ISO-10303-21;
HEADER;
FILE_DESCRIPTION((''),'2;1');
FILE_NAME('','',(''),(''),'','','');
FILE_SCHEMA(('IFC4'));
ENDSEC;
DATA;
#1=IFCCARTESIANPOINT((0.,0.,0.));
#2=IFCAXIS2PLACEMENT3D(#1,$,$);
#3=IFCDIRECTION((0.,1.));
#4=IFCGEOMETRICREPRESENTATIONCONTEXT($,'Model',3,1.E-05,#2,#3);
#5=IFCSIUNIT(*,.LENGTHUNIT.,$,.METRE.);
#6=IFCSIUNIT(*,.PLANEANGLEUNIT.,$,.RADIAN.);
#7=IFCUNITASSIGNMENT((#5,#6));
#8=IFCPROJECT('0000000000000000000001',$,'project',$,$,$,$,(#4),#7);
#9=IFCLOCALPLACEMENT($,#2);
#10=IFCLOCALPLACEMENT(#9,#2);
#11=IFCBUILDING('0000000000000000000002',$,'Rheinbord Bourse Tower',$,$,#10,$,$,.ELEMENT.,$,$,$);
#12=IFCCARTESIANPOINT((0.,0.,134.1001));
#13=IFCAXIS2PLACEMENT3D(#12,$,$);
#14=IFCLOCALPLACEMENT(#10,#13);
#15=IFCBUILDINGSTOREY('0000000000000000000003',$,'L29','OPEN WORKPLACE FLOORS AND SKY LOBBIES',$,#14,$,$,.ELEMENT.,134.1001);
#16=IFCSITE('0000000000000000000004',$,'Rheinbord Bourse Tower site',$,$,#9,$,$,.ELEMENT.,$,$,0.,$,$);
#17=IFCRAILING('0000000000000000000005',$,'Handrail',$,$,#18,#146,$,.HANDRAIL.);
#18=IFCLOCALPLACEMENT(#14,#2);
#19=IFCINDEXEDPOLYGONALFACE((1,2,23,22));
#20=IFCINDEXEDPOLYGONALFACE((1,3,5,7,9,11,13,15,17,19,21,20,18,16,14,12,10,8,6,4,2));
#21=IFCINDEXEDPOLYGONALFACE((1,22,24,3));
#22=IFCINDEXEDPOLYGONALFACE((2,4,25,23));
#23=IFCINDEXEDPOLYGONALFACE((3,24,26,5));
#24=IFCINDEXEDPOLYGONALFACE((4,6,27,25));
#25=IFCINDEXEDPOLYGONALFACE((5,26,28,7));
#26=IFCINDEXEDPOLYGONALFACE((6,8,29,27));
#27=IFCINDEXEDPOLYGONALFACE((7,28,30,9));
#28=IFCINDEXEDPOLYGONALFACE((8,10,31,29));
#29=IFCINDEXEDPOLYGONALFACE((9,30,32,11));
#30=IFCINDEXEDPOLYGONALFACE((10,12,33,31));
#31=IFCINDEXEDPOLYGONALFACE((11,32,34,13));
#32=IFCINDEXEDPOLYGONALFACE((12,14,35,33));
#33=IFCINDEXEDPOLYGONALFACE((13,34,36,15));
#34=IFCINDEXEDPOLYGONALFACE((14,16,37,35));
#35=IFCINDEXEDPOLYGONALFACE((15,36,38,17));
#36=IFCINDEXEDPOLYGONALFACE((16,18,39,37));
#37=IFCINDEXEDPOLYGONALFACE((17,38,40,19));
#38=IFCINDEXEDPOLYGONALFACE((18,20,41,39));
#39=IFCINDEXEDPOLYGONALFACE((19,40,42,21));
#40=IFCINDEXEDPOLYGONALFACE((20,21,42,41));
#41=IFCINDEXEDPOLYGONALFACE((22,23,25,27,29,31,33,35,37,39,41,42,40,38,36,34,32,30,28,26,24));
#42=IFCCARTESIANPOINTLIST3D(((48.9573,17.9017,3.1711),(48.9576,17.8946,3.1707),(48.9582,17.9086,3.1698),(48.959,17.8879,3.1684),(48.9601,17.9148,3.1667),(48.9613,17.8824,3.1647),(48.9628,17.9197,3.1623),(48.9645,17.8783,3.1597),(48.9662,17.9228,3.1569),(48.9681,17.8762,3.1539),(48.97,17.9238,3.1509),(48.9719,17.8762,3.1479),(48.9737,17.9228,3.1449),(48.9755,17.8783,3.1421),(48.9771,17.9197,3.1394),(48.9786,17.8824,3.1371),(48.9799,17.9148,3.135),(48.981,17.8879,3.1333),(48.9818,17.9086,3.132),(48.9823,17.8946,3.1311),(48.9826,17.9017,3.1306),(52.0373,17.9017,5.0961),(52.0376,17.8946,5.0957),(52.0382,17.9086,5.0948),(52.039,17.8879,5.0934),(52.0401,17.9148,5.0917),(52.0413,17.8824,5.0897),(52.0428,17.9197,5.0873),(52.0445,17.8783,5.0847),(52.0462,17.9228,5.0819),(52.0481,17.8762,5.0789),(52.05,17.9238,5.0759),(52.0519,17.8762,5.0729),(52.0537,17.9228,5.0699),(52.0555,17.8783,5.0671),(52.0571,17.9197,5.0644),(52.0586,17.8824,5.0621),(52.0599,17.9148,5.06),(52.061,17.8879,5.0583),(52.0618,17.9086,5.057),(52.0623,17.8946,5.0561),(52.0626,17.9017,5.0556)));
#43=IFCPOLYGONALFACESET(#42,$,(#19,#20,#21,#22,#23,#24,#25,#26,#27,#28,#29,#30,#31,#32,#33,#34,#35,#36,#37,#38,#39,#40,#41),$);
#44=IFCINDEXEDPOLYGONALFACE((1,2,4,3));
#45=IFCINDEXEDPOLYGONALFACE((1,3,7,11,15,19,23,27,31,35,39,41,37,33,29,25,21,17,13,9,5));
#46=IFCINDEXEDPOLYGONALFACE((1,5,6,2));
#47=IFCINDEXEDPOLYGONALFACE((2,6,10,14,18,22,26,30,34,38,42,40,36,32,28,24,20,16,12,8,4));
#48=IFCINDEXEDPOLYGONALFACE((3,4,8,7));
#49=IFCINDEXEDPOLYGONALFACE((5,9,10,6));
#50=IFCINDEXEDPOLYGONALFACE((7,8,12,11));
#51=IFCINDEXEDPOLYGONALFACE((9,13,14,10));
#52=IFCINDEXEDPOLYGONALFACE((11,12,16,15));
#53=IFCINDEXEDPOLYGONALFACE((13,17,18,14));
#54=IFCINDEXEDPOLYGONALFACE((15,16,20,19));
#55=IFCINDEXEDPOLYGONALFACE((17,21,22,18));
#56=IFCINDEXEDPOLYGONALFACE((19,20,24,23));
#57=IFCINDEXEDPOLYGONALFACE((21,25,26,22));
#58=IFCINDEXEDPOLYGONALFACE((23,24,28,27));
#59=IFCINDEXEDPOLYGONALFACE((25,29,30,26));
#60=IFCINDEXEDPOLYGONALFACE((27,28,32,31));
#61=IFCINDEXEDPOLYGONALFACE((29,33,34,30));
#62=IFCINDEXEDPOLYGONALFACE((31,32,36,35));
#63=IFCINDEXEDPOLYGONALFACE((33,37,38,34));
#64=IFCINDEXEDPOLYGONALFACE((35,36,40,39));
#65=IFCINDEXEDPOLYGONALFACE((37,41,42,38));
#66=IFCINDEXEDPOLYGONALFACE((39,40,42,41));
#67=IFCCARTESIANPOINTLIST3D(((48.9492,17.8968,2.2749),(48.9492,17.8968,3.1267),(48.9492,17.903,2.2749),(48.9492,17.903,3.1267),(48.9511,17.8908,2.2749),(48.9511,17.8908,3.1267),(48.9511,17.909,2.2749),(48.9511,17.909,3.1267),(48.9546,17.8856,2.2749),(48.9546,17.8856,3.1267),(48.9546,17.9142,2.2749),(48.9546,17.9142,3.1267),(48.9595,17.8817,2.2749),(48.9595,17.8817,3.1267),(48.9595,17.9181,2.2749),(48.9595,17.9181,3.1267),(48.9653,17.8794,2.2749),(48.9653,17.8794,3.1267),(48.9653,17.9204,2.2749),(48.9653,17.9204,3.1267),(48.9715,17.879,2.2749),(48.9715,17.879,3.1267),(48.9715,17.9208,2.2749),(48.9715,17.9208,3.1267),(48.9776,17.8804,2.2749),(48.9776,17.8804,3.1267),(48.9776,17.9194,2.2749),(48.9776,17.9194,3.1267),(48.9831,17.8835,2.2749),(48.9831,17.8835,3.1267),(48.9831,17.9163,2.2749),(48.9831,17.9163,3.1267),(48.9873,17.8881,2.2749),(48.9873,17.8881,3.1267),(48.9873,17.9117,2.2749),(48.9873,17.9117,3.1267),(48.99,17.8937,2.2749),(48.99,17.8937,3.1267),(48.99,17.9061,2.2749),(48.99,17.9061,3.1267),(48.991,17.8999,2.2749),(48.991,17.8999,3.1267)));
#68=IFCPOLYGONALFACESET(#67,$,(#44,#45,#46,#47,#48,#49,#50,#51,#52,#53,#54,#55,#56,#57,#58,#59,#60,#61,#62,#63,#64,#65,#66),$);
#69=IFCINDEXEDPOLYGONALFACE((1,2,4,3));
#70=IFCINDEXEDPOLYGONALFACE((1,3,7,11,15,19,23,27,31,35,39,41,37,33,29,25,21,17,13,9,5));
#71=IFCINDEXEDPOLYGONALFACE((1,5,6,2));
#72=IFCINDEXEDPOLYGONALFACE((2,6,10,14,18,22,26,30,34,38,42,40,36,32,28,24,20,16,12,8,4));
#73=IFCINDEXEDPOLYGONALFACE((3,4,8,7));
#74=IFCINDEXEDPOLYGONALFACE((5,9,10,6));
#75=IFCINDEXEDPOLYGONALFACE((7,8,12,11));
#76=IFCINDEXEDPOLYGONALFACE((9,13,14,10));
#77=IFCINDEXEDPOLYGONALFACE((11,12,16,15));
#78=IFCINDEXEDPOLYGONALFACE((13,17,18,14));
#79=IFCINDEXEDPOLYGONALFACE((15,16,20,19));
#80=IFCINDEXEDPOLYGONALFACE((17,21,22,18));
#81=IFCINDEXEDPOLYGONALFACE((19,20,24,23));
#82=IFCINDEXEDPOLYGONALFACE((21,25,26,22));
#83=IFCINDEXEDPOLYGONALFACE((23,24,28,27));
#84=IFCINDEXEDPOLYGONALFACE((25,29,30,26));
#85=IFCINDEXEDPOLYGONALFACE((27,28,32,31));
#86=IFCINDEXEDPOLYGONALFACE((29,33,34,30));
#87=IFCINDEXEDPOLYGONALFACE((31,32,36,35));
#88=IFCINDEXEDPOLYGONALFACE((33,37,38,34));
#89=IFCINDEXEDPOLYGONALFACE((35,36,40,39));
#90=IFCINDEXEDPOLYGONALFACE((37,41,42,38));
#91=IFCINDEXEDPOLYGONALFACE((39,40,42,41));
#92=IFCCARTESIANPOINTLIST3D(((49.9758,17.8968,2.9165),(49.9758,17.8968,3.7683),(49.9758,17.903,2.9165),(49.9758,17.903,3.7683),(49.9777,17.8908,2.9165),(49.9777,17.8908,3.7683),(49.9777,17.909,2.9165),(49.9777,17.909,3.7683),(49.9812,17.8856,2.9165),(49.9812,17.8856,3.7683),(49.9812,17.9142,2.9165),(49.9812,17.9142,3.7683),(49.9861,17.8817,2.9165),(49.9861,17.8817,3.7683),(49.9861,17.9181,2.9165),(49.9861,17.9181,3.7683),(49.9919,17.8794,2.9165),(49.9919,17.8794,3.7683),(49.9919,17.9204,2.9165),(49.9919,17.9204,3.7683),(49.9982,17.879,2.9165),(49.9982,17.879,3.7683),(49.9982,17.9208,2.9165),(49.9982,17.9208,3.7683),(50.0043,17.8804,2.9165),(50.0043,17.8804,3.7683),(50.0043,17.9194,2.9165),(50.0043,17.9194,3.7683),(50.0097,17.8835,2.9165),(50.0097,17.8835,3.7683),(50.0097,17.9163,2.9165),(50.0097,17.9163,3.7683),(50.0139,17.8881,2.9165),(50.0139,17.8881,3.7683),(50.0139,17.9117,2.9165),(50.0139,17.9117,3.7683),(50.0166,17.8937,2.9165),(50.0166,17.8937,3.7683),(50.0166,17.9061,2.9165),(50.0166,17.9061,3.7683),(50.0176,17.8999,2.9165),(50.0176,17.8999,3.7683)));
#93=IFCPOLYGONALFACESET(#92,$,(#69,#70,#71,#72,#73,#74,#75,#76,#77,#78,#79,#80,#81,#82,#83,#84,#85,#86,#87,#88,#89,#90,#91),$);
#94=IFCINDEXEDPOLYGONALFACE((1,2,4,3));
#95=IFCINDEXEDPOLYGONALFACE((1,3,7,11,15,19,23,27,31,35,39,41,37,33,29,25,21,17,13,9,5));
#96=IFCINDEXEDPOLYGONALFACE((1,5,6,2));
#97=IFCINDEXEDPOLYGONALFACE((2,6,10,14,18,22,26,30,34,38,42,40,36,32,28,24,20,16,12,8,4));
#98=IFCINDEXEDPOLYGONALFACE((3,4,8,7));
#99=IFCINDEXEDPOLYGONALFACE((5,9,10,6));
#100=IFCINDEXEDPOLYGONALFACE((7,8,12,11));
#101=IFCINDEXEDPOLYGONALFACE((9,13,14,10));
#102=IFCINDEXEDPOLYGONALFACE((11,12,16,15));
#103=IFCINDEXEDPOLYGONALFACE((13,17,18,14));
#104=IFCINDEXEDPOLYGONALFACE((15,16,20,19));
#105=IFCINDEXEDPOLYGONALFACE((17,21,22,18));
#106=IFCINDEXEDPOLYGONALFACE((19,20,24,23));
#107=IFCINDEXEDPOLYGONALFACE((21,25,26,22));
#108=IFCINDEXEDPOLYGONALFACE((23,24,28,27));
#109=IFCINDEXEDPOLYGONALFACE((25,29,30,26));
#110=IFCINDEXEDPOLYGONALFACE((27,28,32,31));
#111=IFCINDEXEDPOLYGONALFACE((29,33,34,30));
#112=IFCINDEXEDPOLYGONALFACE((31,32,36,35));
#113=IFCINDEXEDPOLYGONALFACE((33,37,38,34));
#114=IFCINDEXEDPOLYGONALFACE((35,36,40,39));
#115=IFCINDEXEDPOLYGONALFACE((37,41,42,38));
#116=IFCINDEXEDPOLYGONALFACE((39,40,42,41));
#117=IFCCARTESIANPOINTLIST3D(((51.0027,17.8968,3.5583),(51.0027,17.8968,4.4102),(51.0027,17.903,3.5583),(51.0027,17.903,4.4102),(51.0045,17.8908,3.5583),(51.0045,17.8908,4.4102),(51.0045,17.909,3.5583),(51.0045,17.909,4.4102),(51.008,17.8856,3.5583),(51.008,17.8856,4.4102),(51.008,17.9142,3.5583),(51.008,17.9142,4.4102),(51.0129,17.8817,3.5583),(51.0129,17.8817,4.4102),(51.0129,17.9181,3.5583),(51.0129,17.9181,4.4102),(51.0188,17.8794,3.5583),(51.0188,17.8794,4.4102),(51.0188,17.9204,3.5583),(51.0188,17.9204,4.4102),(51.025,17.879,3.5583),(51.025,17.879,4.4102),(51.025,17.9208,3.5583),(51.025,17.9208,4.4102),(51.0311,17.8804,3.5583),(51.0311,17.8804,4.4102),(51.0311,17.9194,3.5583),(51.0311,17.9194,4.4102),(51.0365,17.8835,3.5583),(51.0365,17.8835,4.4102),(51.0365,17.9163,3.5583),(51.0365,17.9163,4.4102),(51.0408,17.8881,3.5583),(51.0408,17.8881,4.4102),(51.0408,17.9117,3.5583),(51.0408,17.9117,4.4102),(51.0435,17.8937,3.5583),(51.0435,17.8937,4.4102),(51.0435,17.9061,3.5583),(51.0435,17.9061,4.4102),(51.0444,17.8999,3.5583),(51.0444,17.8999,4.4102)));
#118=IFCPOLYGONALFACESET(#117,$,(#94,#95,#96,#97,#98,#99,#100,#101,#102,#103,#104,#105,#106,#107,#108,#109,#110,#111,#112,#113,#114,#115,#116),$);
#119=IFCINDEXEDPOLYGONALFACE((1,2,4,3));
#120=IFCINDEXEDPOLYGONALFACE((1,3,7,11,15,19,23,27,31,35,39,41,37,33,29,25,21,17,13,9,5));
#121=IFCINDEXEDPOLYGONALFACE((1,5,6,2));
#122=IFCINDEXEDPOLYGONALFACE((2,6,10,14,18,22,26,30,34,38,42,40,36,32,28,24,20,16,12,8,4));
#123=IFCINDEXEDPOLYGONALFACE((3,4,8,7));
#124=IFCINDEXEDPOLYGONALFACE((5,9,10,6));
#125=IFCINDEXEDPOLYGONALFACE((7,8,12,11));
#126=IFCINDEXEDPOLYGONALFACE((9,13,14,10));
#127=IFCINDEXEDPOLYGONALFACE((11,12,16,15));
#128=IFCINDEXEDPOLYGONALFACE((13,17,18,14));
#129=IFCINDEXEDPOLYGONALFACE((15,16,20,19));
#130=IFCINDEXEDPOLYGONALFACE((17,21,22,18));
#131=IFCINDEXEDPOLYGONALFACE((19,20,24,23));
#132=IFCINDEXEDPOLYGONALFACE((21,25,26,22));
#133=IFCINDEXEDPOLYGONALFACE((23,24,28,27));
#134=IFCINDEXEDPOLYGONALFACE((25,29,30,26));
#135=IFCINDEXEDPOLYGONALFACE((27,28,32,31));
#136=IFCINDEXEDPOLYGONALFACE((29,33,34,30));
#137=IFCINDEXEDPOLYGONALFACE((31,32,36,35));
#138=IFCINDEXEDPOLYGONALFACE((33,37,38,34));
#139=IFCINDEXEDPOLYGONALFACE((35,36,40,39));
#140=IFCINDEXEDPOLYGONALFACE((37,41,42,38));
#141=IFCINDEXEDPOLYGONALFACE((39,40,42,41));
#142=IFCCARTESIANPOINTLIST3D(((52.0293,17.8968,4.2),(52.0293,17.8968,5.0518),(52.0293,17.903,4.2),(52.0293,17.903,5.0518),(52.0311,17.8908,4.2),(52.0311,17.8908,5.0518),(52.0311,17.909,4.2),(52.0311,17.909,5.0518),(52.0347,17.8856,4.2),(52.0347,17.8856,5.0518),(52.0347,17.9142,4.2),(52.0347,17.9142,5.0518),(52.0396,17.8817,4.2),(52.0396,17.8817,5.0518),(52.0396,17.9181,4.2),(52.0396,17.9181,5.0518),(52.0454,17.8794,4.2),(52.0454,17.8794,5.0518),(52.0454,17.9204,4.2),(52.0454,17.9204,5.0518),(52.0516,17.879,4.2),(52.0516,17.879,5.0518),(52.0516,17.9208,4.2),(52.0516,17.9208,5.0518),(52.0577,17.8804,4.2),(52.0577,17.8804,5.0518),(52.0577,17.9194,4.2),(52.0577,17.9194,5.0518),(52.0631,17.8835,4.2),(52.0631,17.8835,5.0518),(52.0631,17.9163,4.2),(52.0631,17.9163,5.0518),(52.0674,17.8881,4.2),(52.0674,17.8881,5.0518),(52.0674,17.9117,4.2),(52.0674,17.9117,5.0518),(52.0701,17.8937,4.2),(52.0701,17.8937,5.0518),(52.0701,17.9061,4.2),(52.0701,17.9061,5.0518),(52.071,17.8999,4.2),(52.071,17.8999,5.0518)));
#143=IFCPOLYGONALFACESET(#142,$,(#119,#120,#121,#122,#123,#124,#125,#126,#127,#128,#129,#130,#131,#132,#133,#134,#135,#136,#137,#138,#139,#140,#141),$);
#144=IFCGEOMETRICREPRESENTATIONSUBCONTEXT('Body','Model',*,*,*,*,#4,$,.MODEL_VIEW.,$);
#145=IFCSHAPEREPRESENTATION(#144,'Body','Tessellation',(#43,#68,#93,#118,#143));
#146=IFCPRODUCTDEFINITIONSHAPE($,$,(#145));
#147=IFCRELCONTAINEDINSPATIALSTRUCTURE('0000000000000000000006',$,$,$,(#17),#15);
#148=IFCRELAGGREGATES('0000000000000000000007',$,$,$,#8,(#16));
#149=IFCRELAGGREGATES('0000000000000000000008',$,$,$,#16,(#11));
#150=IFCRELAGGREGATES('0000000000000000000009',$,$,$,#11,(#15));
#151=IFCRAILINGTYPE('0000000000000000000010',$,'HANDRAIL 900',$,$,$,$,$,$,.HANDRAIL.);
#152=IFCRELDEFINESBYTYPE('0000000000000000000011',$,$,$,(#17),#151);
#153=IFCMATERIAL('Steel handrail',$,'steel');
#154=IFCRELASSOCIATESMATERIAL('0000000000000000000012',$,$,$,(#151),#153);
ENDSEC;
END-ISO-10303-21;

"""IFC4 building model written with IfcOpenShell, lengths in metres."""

from ifc_helpers import new_model, si_unit, direction, frame, origin, origin_2d, place, context, subcontext, project, spatial, circle, extrude, material, type_object, element, save


model = new_model("IFC4")

# Units and contexts
model_context = context("Model", 3, precision=1e-05, world=origin(), true_north=direction((0.0, 1.0)))
body_context = subcontext(model_context, "Body", "Model", "MODEL_VIEW")
ifc_project = project(units=[si_unit("LENGTHUNIT", "METRE"), si_unit("PLANEANGLEUNIT", "RADIAN")], contexts=[model_context])

# Site, building, storey
site_placement = place(None, origin())
site = spatial("IfcSite", under=ifc_project, at=site_placement, Name="Rheinbord Bourse Tower site", CompositionType="ELEMENT", RefElevation=0.0)
building_placement = place(site_placement, origin())
building = spatial("IfcBuilding", under=site, at=building_placement, Name="Rheinbord Bourse Tower", CompositionType="ELEMENT")
storey_placement = place(building_placement, frame((0.0, 0.0, 134.1001)))
storey = spatial("IfcBuildingStorey", under=building, at=storey_placement, Name="L29", Description="OPEN WORKPLACE FLOORS AND SKY LOBBIES", CompositionType="ELEMENT", Elevation=134.1001)

# Railing
ifc_material_1 = material(Name="Steel handrail", Category="steel")
railing_type = type_object("IfcRailingType", Name="HANDRAIL 900", PredefinedType="HANDRAIL", material=ifc_material_1)
railing_1_placement = place(storey_placement, frame((48.97, 17.8999, 2.2749)))
element("IfcRailing", 1, at=railing_1_placement, inside=storey, type_object=railing_type, Name="Handrail", PredefinedType="HANDRAIL", context=body_context, shape_type="SweptSolid", body=[
    extrude(circle(Radius=0.0239, at=origin_2d()), frame((0.0, 0.0, 0.876), z_axis=(0.847998, 0.0, 0.529999), x_axis=(0.0, 1.0, 0.0)), (0.0, 0.0, 1.0), 3.6321),
    extrude(circle(Radius=0.021, at=origin_2d()), origin(), (0.0, 0.0, 1.0), 0.8518),
    extrude(circle(Radius=0.021, at=origin_2d()), frame((1.0266, 0.0, 0.6416)), (0.0, 0.0, 1.0), 0.8518),
    extrude(circle(Radius=0.021, at=origin_2d()), frame((2.0535, 0.0, 1.2834)), (0.0, 0.0, 1.0), 0.8518),
    extrude(circle(Radius=0.021, at=origin_2d()), frame((3.0801, 0.0, 1.925)), (0.0, 0.0, 1.0), 0.8518),
])

save(model, "model.ifc")
